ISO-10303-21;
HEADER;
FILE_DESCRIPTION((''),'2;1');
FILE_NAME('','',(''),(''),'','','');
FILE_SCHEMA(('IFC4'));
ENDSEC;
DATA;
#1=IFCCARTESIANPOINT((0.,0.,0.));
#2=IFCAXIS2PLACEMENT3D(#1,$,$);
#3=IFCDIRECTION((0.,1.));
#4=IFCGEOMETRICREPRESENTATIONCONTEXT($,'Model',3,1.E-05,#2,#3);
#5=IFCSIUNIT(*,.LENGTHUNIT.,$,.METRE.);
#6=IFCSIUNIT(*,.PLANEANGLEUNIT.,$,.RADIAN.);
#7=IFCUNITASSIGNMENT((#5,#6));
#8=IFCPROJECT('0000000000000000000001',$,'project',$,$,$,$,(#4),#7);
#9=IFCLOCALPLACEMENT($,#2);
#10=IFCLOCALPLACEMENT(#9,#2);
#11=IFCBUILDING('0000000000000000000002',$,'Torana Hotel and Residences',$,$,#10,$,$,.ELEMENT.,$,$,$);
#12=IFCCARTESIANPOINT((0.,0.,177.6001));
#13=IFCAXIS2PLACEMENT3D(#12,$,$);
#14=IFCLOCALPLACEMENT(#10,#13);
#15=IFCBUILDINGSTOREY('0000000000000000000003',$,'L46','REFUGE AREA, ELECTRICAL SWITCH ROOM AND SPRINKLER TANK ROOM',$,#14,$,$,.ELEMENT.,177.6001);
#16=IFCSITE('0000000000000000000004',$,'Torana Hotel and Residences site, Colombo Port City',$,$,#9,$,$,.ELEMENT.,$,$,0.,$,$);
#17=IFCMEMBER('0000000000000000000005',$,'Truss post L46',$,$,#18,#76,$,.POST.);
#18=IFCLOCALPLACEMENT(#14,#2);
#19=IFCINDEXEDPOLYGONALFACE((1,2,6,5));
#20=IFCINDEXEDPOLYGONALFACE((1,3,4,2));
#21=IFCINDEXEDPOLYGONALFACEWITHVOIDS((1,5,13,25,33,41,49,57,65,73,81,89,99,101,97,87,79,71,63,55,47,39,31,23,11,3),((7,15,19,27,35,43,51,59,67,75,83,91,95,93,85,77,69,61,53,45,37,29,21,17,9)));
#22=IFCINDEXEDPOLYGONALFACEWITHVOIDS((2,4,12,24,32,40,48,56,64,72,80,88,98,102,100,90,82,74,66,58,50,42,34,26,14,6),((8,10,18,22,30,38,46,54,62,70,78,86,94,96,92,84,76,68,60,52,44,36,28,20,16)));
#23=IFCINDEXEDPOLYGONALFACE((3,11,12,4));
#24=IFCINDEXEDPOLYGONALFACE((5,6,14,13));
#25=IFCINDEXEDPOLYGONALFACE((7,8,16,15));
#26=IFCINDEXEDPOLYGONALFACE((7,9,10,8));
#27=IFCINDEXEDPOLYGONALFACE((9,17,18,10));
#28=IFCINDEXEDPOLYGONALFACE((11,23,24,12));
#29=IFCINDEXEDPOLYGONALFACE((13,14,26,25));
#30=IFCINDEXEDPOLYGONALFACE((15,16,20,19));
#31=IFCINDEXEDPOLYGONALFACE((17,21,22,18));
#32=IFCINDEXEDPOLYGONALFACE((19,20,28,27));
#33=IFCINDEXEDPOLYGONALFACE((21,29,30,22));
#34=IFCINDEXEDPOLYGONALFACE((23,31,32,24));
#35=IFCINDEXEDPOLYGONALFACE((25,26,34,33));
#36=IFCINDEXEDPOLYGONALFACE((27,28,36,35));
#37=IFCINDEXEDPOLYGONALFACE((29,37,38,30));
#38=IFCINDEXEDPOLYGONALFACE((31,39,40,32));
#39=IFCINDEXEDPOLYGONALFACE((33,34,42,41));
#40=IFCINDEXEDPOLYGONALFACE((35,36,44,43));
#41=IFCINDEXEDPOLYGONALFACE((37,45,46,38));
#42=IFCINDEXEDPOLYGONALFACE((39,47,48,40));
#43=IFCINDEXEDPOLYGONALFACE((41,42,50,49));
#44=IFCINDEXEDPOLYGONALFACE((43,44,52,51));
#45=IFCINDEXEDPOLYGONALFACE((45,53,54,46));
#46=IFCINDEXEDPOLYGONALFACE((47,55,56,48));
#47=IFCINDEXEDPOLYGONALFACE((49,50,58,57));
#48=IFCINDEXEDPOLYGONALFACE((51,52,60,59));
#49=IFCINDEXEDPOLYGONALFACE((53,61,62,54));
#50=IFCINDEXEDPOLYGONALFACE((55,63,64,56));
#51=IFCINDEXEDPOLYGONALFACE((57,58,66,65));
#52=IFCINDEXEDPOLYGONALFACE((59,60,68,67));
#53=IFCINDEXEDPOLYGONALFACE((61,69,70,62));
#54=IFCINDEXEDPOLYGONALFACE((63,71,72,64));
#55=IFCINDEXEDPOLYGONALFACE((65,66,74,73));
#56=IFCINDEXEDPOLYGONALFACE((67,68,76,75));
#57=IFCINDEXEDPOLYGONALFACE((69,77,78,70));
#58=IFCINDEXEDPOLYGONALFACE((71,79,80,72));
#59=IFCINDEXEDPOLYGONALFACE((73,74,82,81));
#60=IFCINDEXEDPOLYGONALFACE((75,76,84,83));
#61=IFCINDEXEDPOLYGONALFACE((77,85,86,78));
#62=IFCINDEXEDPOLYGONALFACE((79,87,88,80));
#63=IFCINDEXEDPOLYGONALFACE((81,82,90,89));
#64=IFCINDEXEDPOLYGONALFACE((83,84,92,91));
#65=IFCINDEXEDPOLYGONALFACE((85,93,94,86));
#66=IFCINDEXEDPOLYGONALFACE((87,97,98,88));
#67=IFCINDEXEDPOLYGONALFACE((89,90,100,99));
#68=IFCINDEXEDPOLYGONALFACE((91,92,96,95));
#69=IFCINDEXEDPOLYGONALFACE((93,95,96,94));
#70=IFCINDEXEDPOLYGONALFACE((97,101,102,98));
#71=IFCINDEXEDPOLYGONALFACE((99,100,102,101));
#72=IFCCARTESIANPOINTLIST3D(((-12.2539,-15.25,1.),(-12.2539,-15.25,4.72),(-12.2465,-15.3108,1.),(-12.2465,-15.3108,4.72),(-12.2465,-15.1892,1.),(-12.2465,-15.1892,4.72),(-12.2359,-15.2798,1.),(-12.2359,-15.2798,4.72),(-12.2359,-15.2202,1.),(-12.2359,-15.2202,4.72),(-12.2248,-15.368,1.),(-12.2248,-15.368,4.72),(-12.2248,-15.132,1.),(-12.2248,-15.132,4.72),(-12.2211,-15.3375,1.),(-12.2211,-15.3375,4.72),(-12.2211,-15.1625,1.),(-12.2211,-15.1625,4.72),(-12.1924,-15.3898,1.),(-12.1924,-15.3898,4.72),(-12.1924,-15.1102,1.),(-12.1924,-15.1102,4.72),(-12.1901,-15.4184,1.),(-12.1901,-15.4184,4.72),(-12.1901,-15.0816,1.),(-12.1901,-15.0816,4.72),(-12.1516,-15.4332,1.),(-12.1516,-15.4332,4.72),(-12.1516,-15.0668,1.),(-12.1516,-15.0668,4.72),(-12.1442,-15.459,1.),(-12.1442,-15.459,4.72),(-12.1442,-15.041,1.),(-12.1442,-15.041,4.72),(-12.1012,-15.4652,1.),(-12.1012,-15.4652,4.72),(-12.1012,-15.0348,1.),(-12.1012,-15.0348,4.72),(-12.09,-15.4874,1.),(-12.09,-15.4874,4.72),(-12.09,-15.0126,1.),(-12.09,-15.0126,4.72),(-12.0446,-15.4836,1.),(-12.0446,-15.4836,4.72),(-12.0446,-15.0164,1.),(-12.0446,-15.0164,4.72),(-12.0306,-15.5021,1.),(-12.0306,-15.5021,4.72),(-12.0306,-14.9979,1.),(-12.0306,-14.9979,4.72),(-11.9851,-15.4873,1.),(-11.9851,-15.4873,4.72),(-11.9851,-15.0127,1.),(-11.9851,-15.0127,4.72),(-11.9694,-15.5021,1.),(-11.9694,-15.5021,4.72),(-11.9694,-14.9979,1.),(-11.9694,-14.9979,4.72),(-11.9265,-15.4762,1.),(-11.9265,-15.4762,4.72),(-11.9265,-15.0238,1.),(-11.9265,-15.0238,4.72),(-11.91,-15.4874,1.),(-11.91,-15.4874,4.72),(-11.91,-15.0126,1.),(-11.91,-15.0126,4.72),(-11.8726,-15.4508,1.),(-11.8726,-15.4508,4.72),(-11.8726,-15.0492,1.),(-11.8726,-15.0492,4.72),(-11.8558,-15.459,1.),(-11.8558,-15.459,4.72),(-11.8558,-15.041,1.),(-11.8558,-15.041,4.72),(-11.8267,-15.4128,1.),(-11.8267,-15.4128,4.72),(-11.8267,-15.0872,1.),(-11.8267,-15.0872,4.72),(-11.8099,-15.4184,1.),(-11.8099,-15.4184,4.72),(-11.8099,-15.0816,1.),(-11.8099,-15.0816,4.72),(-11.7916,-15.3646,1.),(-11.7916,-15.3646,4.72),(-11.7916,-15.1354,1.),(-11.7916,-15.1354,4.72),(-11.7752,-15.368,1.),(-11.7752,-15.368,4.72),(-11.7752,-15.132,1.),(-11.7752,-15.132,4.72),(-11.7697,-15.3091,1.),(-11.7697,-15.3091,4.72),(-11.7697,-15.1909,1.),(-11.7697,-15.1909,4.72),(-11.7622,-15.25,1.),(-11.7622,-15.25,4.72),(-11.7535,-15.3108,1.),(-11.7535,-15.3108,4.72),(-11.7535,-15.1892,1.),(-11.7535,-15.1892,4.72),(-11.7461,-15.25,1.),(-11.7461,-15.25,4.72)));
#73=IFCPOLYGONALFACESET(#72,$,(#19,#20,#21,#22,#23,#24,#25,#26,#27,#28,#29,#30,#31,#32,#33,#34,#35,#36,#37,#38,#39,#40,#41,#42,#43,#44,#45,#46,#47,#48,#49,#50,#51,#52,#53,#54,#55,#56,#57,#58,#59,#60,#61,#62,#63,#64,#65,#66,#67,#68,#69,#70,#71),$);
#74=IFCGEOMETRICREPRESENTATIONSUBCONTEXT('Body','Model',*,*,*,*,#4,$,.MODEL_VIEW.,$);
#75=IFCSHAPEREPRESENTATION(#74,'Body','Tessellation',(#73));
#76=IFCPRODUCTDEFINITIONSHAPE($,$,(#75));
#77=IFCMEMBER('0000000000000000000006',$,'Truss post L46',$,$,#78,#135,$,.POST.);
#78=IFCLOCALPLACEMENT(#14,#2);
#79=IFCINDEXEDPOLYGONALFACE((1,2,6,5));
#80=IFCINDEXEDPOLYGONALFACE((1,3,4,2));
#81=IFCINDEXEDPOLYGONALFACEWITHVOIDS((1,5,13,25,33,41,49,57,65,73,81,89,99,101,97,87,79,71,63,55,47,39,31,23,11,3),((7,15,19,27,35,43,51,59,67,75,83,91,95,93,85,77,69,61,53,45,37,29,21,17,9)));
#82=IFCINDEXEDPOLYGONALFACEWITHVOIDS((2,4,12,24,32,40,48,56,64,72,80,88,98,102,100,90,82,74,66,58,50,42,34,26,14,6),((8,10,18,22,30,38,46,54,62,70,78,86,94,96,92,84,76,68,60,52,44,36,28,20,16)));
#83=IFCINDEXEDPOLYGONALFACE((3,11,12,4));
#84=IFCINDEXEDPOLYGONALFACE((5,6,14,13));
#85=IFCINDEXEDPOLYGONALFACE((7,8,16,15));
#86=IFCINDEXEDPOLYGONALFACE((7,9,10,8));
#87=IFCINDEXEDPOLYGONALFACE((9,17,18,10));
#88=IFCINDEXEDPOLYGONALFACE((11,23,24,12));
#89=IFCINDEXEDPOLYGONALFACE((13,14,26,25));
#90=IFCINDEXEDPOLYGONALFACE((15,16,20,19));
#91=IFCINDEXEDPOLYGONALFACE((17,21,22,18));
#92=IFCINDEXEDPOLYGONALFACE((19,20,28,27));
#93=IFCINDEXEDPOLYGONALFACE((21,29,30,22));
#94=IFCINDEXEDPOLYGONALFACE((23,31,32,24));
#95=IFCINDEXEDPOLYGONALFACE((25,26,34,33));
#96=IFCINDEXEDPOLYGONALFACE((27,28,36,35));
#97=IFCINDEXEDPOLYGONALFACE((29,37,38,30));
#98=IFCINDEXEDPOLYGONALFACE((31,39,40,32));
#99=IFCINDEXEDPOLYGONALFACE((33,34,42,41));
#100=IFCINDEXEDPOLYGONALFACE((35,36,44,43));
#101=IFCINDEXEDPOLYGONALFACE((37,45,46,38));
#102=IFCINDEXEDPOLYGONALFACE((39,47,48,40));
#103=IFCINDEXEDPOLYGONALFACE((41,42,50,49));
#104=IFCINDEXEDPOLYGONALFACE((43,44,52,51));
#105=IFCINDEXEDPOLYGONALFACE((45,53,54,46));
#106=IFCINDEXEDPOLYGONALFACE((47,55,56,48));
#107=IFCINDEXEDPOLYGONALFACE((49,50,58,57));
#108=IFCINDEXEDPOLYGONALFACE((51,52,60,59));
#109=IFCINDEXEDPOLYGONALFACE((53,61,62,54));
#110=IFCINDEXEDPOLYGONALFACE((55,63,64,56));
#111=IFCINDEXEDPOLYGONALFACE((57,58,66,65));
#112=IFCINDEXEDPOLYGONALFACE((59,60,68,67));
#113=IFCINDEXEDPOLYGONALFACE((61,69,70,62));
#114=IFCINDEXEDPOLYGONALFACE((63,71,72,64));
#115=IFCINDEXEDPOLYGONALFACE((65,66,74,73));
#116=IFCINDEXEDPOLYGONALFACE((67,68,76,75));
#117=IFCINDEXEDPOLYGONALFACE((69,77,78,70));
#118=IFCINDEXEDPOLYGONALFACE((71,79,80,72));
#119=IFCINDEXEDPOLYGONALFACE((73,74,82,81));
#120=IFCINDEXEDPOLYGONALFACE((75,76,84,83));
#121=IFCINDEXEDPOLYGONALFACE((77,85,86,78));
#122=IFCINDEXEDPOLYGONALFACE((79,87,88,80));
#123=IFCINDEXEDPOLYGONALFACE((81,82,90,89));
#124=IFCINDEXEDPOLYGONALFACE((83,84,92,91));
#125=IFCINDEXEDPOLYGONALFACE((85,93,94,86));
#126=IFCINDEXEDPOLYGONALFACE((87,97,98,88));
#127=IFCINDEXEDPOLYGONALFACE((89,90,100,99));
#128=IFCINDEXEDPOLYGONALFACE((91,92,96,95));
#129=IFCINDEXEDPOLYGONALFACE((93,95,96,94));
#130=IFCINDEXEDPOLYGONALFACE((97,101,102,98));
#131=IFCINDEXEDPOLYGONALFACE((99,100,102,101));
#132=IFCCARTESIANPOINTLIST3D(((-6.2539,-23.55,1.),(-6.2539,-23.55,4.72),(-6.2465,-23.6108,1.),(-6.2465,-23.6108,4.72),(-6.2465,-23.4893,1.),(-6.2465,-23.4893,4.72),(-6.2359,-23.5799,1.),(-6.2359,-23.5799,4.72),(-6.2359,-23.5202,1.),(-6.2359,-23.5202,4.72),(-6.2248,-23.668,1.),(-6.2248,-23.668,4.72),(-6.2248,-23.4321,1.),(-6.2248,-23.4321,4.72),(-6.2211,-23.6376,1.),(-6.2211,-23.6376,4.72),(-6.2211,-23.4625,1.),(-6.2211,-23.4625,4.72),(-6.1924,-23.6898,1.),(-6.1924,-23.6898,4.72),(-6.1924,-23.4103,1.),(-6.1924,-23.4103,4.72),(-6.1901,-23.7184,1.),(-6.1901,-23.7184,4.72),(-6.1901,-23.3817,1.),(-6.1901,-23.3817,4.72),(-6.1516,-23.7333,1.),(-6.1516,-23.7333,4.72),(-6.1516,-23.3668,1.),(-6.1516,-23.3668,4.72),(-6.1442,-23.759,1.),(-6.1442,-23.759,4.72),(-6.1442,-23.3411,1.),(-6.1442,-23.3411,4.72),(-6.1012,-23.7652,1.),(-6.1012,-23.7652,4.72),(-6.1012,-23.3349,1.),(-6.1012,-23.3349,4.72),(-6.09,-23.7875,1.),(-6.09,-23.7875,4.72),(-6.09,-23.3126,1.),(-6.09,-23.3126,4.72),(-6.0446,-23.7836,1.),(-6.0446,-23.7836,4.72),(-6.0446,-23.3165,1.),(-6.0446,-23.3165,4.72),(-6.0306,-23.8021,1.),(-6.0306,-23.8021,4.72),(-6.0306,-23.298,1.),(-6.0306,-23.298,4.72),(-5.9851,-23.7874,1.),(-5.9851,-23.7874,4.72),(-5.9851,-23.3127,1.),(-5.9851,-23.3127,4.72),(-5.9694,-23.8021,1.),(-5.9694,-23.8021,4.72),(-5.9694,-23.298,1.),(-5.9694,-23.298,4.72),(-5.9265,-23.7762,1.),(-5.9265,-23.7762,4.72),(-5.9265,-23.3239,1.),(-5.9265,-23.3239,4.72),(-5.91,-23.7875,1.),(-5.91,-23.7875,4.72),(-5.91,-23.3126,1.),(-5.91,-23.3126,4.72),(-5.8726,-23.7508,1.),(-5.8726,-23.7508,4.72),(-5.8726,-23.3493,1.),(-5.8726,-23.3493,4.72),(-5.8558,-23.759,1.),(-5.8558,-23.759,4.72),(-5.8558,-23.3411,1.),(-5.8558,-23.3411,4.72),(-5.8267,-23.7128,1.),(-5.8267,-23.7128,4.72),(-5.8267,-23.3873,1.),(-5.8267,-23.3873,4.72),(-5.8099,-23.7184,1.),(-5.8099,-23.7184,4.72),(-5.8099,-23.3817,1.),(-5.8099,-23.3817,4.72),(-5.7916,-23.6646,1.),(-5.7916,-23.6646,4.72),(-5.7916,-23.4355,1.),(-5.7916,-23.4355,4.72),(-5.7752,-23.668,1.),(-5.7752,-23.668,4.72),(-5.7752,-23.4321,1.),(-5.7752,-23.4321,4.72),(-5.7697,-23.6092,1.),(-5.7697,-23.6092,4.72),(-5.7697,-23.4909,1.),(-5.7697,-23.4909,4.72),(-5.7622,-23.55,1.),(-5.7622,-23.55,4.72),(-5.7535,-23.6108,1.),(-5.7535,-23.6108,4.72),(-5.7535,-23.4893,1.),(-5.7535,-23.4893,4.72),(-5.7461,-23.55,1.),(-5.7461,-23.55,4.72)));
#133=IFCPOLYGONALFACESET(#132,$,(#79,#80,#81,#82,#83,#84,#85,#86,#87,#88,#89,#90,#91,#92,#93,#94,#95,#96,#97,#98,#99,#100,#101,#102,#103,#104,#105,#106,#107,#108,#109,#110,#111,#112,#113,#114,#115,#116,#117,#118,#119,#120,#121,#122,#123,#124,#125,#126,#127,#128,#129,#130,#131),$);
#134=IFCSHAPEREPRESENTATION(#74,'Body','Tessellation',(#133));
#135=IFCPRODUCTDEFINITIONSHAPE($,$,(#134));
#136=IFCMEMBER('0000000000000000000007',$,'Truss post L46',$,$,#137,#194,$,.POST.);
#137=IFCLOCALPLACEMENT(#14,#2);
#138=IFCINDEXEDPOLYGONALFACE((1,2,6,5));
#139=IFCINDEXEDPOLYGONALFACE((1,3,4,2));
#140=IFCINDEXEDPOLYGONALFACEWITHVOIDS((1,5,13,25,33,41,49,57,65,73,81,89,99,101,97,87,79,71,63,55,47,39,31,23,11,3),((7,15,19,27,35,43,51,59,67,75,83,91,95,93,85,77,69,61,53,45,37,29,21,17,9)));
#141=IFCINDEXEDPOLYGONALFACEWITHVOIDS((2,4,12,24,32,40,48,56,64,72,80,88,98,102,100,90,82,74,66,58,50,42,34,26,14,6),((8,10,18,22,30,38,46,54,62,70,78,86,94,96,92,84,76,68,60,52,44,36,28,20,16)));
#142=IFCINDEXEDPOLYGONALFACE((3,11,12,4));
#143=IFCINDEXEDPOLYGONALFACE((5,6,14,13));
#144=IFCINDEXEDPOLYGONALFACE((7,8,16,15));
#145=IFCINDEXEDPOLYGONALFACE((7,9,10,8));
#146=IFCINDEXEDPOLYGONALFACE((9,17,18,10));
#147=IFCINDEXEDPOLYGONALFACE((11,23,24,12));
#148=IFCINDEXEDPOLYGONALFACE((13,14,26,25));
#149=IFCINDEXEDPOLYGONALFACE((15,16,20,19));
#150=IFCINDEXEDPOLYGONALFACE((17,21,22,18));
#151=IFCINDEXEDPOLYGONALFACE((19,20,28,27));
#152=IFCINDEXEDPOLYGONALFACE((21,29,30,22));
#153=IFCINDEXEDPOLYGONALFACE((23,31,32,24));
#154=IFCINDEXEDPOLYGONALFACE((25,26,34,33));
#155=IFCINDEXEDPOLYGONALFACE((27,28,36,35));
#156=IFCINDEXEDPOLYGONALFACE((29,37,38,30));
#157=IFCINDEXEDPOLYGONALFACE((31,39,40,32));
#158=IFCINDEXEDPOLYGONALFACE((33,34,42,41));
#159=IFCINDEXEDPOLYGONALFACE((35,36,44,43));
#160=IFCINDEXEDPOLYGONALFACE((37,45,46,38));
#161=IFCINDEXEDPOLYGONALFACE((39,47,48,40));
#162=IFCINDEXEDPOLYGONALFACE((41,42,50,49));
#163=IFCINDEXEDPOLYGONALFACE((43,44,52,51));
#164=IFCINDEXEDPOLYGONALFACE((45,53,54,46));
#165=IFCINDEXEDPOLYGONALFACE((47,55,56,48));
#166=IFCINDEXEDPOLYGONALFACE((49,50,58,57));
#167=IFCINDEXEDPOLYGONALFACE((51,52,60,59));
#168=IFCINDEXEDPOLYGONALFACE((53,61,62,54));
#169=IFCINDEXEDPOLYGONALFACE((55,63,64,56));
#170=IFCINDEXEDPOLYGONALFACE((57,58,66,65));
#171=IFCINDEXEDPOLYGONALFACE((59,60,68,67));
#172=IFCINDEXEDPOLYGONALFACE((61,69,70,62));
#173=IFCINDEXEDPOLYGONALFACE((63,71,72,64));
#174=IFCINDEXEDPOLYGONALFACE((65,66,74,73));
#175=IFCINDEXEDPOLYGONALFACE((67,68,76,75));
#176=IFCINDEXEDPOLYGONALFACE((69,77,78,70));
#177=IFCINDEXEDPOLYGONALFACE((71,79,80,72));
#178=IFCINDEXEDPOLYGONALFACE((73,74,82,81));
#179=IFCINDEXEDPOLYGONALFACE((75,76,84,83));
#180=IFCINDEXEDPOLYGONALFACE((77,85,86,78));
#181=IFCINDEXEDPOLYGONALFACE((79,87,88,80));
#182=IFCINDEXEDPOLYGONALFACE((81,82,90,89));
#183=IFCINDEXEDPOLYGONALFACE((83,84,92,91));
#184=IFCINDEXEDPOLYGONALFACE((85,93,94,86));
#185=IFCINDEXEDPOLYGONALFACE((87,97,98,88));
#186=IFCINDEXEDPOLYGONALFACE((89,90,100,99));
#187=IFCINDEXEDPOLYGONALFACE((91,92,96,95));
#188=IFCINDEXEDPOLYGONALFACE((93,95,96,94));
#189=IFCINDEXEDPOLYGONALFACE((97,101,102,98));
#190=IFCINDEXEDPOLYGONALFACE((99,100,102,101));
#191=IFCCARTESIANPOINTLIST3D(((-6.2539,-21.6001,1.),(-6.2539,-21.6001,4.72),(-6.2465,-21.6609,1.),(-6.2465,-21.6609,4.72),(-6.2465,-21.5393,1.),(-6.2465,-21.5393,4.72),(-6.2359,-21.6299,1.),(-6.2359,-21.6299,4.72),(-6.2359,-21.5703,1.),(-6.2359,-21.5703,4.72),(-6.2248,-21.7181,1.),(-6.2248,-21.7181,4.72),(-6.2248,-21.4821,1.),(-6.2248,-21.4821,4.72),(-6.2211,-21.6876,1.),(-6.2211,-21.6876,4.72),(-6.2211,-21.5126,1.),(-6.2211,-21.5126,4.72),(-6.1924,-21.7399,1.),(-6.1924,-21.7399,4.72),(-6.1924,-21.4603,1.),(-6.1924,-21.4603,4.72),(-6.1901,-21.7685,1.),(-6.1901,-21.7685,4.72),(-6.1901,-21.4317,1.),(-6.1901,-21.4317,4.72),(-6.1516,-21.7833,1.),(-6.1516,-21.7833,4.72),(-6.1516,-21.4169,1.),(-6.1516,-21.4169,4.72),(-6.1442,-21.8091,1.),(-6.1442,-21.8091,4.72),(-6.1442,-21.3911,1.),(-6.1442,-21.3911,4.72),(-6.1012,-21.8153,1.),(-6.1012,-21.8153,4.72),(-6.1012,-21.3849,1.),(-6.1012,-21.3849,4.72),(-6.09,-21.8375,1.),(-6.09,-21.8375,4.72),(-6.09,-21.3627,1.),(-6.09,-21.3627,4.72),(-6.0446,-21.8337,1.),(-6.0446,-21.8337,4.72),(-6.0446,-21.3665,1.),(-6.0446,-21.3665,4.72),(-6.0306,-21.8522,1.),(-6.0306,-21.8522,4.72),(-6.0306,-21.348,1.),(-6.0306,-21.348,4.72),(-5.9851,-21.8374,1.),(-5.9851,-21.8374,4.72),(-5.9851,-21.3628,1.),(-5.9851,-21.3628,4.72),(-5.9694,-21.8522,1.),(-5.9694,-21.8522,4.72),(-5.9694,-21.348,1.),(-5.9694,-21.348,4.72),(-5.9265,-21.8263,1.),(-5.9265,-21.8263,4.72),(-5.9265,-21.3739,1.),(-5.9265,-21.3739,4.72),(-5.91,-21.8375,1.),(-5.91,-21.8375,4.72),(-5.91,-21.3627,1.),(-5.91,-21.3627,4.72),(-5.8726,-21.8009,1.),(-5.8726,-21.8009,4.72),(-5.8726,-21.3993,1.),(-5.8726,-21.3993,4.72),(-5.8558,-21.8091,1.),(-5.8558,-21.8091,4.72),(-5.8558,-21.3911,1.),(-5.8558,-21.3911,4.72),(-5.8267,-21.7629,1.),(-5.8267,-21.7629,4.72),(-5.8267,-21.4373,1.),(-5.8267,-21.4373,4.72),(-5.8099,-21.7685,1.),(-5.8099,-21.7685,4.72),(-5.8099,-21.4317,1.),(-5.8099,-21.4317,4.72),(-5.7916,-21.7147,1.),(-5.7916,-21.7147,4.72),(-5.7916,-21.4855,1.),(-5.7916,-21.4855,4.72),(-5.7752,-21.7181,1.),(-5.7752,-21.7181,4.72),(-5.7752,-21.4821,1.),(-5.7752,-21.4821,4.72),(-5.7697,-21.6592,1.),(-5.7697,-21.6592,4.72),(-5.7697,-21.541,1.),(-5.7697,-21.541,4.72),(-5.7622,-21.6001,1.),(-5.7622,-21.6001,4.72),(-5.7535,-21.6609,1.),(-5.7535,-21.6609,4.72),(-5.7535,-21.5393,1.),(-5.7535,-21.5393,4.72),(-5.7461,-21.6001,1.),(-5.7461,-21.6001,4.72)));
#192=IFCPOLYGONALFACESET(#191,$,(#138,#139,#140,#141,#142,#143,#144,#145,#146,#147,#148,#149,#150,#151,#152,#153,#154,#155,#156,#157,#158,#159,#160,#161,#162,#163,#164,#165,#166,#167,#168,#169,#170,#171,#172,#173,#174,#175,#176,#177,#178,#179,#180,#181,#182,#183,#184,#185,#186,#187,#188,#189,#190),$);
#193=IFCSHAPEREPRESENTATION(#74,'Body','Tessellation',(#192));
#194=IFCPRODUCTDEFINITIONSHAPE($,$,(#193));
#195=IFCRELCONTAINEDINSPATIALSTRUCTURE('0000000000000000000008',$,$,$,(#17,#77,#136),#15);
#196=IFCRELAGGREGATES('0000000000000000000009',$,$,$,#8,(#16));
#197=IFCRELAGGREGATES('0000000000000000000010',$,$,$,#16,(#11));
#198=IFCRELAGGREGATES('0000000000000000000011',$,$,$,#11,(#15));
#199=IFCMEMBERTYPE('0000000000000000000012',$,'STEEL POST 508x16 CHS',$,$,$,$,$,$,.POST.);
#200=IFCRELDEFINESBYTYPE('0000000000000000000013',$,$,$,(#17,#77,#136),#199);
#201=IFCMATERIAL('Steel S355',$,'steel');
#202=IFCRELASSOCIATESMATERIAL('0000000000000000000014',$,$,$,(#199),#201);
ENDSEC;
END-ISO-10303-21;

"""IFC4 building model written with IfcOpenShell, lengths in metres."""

from ifc_helpers import new_model, si_unit, direction, frame, origin, origin_2d, place, context, subcontext, project, spatial, hollow_circle, extrude, material, material_profile, profile_set, type_object, element, save


model = new_model("IFC4")

# Units and contexts
model_context = context("Model", 3, precision=1e-05, world=origin(), true_north=direction((0.0, 1.0)))
body_context = subcontext(model_context, "Body", "Model", "MODEL_VIEW")
ifc_project = project(units=[si_unit("LENGTHUNIT", "METRE"), si_unit("PLANEANGLEUNIT", "RADIAN")], contexts=[model_context])

# Site, building, storey
site_placement = place(None, origin())
site = spatial("IfcSite", under=ifc_project, at=site_placement, Name="Torana Hotel and Residences site, Colombo Port City", CompositionType="ELEMENT", RefElevation=0.0)
building_placement = place(site_placement, origin())
building = spatial("IfcBuilding", under=site, at=building_placement, Name="Torana Hotel and Residences", CompositionType="ELEMENT")
storey_placement = place(building_placement, frame((0.0, 0.0, 177.6001)))
storey = spatial("IfcBuildingStorey", under=building, at=storey_placement, Name="L46", Description="REFUGE AREA, ELECTRICAL SWITCH ROOM AND SPRINKLER TANK ROOM", CompositionType="ELEMENT", Elevation=177.6001)

# Members
ifc_material_1 = material(Name="Steel S355", Category="steel")
ifc_material_profile_1 = material_profile(ifc_material_1, hollow_circle(Radius=0.2539, WallThickness=0.0161, at=origin_2d()), Name="508x16 CHS")
ifc_profile_set_1 = profile_set([ifc_material_profile_1], Name="Steel S355")
member_type_1 = type_object("IfcMemberType", Name="STEEL POST 508x16 CHS", PredefinedType="POST", material=ifc_profile_set_1)
for number, where, z_axis, x_axis, name in (
    (1, (-12.0, -15.25, 1.0), (0.0, 0.0, 1.0), (1.0, 0.0, 0.0), "Truss post L46"),
    (2, (-6.0, -23.55, 1.0), (0.0, 0.0, 1.0), (1.0, 0.0, 0.0), "Truss post L46"),
    (3, (-6.0, -21.6001, 1.0), (0.0, 0.0, 1.0), (1.0, 0.0, 0.0), "Truss post L46"),
):
    element("IfcMember", number, at=place(storey_placement, frame(where, z_axis=z_axis, x_axis=x_axis)), inside=storey, type_object=member_type_1, Name=name, PredefinedType="POST", context=body_context, shape_type="SweptSolid", body=[
        extrude(hollow_circle(Radius=0.2539, WallThickness=0.0161, at=origin_2d()), origin(), (0.0, 0.0, 1.0), 3.72),
    ])

save(model, "model.ifc")
